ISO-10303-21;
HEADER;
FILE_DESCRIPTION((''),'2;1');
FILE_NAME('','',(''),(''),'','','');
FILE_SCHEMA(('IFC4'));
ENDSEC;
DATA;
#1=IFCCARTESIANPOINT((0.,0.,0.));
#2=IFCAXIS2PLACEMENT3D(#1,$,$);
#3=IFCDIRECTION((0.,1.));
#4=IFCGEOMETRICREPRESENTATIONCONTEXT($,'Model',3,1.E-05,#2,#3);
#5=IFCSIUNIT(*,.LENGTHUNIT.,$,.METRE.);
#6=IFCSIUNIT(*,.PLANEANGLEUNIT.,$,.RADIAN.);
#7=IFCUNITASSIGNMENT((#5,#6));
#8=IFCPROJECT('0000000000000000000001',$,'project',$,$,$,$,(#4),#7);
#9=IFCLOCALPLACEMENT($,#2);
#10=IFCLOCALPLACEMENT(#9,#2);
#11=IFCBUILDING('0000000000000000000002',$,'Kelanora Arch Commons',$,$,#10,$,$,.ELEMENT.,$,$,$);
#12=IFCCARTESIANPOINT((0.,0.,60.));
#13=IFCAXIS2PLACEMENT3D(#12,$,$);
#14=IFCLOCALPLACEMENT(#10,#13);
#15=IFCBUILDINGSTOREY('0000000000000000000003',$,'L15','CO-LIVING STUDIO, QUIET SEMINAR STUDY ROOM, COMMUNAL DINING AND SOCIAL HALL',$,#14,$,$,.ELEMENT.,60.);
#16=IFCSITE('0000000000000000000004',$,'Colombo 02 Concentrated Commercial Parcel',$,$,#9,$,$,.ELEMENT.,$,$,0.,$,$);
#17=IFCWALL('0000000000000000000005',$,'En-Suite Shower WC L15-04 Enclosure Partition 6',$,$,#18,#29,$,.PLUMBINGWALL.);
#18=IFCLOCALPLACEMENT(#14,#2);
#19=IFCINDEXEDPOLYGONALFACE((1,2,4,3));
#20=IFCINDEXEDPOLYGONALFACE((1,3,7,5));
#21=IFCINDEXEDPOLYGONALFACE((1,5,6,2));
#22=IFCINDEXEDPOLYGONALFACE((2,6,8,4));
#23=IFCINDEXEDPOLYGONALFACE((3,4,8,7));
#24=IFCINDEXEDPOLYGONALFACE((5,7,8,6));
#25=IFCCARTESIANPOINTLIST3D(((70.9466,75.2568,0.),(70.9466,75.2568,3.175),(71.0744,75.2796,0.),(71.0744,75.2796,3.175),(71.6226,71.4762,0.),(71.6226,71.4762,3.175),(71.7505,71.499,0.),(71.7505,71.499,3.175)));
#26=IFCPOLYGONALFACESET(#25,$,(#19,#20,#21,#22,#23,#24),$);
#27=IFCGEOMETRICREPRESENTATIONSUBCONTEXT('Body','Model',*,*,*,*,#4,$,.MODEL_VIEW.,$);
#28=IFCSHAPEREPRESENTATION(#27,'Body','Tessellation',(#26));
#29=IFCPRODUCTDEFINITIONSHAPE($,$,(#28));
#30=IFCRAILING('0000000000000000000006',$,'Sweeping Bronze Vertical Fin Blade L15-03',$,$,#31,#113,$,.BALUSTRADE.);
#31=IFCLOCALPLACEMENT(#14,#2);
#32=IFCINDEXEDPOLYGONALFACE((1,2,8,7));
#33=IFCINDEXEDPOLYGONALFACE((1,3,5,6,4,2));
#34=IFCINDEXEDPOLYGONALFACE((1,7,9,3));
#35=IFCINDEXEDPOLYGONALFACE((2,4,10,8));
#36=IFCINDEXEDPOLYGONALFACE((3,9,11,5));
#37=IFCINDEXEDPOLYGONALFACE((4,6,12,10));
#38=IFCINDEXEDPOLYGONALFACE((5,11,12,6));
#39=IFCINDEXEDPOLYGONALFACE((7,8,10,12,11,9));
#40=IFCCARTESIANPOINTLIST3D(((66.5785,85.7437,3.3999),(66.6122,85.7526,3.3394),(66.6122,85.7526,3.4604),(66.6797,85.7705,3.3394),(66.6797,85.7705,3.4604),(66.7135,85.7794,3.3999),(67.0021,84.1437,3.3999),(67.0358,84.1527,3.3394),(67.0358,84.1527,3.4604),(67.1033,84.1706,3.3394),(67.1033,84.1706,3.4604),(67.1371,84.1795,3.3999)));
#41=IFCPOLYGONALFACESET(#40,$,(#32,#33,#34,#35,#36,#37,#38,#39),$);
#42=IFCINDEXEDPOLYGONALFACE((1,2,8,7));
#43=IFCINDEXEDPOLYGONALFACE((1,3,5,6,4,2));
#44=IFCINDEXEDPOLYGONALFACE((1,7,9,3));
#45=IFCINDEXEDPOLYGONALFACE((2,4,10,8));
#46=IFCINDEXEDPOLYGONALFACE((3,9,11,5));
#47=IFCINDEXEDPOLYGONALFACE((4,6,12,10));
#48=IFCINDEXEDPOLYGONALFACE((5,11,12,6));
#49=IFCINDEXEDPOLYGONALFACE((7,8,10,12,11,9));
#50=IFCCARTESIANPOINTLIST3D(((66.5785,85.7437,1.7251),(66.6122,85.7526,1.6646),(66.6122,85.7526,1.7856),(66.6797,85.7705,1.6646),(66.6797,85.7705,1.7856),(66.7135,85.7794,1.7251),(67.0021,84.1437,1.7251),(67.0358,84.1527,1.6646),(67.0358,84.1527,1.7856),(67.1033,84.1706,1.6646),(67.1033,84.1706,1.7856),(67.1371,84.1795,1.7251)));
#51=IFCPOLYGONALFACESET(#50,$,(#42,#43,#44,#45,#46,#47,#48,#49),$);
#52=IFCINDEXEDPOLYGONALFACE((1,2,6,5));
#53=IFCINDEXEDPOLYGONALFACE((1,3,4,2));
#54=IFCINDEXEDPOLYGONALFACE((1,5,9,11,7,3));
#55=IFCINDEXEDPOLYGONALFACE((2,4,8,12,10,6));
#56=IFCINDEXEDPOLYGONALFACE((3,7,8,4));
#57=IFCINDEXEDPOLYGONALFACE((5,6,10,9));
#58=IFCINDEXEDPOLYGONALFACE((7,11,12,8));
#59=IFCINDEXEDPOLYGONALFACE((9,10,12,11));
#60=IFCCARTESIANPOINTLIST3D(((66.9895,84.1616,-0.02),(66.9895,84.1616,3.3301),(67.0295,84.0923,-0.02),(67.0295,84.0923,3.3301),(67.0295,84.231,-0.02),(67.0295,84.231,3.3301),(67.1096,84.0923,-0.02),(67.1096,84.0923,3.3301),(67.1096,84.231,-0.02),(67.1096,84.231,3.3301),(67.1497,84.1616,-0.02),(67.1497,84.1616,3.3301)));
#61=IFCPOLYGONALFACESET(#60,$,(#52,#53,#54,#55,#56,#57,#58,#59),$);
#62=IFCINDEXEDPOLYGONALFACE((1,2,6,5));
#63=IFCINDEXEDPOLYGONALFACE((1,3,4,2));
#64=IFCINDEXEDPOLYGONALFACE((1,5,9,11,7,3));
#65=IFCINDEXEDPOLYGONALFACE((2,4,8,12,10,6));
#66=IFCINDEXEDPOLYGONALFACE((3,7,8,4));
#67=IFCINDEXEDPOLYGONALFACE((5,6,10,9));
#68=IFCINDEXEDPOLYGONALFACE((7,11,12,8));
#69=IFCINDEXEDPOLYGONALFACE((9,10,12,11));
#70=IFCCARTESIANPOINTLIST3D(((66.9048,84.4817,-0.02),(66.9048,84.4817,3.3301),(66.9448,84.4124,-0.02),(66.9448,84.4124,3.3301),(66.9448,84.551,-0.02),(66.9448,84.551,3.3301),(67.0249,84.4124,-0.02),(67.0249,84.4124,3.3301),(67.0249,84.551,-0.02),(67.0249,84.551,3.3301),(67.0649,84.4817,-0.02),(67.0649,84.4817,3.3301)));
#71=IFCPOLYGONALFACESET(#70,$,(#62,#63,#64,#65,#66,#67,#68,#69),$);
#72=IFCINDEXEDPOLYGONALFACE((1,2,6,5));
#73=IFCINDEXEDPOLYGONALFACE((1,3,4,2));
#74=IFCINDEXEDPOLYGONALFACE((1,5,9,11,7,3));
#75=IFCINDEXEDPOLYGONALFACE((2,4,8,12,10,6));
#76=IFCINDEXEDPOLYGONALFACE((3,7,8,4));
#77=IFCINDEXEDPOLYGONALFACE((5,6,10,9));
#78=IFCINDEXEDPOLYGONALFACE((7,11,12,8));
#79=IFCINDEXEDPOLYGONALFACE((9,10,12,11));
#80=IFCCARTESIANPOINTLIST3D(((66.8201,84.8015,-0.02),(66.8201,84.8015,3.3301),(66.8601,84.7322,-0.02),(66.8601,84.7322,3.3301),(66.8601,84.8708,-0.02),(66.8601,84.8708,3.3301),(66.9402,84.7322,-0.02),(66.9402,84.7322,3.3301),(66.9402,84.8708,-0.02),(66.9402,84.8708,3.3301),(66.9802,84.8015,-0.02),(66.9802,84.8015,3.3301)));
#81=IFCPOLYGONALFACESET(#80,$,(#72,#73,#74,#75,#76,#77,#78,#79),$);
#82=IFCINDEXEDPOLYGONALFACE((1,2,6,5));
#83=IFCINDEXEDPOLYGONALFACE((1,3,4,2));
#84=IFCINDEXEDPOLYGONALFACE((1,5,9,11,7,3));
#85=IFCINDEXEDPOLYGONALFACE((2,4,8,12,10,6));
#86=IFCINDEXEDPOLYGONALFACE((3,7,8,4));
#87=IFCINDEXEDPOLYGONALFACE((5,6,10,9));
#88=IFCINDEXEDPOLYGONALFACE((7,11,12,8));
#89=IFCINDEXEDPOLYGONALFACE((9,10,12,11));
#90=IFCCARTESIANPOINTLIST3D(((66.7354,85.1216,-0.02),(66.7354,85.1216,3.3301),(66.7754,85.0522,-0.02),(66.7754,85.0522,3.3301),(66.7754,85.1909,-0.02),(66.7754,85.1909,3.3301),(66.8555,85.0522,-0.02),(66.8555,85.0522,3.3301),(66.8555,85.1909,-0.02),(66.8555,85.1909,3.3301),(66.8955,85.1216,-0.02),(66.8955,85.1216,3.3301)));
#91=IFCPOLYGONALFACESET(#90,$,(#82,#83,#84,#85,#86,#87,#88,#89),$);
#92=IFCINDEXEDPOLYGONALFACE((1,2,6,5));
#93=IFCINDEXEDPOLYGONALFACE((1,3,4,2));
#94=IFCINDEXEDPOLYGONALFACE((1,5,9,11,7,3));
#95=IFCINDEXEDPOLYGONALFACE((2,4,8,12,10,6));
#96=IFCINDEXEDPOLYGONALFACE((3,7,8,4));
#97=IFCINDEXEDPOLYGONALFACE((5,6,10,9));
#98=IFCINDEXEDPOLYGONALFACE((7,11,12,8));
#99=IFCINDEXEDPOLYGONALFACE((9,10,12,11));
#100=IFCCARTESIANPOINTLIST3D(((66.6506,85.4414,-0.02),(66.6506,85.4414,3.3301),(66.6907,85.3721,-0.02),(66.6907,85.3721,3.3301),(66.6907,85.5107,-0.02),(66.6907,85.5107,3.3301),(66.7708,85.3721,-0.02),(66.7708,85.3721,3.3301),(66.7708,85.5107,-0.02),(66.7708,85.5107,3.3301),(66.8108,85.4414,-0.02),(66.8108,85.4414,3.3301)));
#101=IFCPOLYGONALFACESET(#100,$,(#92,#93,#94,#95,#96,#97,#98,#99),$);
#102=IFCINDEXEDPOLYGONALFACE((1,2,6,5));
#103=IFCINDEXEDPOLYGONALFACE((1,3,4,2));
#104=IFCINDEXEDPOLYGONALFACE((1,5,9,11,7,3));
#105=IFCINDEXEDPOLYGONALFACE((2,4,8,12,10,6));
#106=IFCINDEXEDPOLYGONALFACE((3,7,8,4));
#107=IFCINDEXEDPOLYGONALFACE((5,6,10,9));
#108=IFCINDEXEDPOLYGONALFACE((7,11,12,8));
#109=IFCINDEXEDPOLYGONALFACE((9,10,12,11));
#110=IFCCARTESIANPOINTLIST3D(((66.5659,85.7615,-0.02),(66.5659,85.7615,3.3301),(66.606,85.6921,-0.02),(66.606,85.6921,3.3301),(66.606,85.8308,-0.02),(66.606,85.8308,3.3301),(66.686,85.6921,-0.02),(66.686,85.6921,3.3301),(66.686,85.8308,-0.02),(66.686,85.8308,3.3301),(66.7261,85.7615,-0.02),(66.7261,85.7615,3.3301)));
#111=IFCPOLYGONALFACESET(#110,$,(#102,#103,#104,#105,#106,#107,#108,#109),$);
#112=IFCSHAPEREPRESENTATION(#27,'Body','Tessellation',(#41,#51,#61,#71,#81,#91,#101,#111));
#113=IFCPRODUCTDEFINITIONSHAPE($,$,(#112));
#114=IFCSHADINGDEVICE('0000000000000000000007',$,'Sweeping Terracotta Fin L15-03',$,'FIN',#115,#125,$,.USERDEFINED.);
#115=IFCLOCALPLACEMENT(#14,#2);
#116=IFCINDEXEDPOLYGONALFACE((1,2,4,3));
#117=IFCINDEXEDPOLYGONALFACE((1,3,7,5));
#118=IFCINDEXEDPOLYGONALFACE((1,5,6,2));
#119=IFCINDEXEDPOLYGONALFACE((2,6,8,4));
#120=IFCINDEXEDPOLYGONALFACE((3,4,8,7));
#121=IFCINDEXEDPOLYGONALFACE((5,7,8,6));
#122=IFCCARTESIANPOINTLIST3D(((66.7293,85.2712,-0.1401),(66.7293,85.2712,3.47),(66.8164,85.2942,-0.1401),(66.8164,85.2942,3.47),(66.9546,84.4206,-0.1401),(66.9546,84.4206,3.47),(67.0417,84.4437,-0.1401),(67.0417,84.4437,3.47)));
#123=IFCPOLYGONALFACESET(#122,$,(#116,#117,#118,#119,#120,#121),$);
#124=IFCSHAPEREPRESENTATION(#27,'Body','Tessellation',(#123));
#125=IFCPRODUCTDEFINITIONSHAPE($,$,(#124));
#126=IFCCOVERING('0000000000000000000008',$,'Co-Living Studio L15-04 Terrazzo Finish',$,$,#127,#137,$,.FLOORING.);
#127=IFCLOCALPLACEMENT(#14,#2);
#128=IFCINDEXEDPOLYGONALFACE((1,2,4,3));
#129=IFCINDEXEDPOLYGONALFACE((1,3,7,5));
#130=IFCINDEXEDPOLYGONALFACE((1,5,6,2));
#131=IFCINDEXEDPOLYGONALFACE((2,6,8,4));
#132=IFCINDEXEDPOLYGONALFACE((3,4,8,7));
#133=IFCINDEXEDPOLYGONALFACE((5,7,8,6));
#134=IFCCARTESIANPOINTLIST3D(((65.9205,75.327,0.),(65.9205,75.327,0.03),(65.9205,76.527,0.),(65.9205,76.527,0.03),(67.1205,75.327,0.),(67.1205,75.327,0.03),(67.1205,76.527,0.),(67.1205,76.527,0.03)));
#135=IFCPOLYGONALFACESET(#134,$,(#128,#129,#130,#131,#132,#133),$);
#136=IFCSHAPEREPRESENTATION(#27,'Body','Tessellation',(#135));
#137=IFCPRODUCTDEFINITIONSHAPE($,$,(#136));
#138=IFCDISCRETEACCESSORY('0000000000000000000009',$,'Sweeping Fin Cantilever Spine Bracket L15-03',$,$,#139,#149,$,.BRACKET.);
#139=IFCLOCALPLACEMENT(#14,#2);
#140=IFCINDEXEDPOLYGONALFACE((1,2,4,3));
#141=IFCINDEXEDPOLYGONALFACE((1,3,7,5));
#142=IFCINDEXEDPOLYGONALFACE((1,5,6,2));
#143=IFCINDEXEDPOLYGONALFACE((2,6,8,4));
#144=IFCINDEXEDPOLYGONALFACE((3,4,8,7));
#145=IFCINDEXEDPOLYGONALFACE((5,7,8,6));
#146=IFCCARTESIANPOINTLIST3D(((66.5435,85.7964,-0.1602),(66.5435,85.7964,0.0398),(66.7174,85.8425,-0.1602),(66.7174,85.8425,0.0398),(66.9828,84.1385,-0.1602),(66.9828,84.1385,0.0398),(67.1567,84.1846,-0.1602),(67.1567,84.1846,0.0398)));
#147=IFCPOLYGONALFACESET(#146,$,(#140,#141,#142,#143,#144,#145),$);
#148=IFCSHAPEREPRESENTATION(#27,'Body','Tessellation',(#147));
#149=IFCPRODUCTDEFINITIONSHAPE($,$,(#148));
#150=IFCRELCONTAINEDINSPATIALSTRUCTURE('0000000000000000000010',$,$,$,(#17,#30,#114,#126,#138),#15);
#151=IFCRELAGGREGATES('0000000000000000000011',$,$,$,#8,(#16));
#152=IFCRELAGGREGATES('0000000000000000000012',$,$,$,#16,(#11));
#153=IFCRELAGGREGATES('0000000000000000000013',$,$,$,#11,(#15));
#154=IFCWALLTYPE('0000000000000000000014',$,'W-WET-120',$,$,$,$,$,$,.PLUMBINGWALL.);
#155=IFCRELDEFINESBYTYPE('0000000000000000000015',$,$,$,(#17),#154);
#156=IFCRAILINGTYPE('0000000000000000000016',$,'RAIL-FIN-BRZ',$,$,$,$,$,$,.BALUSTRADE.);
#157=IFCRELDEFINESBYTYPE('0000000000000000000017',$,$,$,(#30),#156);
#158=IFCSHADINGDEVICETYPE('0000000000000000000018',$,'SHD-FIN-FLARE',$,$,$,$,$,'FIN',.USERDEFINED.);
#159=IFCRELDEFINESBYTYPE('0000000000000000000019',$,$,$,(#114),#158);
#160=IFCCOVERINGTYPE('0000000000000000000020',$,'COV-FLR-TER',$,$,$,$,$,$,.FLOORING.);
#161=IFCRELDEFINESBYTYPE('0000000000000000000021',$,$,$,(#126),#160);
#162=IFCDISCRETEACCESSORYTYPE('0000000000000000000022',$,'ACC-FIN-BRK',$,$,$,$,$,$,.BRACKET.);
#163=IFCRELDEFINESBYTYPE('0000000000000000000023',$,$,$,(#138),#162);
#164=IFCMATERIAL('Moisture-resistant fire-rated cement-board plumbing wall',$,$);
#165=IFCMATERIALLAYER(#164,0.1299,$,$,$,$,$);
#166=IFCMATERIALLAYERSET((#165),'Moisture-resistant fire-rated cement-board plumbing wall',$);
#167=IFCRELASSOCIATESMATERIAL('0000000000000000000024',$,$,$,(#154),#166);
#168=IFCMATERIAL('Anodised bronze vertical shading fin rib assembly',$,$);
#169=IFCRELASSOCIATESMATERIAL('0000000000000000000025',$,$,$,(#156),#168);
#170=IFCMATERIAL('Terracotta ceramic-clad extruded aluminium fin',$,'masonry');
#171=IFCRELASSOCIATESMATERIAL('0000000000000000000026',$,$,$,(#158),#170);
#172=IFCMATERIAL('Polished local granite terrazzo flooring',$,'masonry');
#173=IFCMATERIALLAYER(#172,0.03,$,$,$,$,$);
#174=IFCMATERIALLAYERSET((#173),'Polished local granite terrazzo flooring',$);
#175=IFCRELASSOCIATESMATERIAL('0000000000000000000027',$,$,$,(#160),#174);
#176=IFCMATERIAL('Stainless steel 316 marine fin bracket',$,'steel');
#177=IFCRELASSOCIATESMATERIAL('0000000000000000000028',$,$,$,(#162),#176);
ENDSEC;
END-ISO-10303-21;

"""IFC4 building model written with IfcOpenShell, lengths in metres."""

from ifc_helpers import new_model, si_unit, direction, frame, frame_2d, origin, origin_2d, place, context, subcontext, project, spatial, polyline, rectangle, outline, extrude, source, transform, mapped, material, layer, layer_set, type_object, element, save


model = new_model("IFC4")

# Units and contexts
model_context = context("Model", 3, precision=1e-05, world=origin(), true_north=direction((0.0, 1.0)))
body_context = subcontext(model_context, "Body", "Model", "MODEL_VIEW")
ifc_project = project(units=[si_unit("LENGTHUNIT", "METRE"), si_unit("PLANEANGLEUNIT", "RADIAN")], contexts=[model_context])

# Site, building, storey
site_placement = place(None, origin())
site = spatial("IfcSite", under=ifc_project, at=site_placement, Name="Colombo 02 Concentrated Commercial Parcel", CompositionType="ELEMENT", RefElevation=0.0)
building_placement = place(site_placement, origin())
building = spatial("IfcBuilding", under=site, at=building_placement, Name="Kelanora Arch Commons", CompositionType="ELEMENT")
storey_placement = place(building_placement, frame((0.0, 0.0, 60.0)))
storey = spatial("IfcBuildingStorey", under=building, at=storey_placement, Name="L15", Description="CO-LIVING STUDIO, QUIET SEMINAR STUDY ROOM, COMMUNAL DINING AND SOCIAL HALL", CompositionType="ELEMENT", Elevation=60.0)

# Shared definitions
ifc_material_1 = material(Name="Moisture-resistant fire-rated cement-board plumbing wall")
ifc_layer_1 = layer(ifc_material_1, 0.1299)
ifc_layer_set_1 = layer_set([ifc_layer_1], Name="Moisture-resistant fire-rated cement-board plumbing wall")
wall_type_1 = type_object("IfcWallType", Name="W-WET-120", PredefinedType="PLUMBINGWALL", material=ifc_layer_set_1)

# Wall
wall_1_placement = place(storey_placement, frame((71.0105, 75.2683, 0.0), z_axis=(0.0, 0.0, 1.0), x_axis=(0.176026, -0.984386, 0.0)))
element("IfcWall", 1, at=wall_1_placement, inside=storey, type_object=wall_type_1, Name="En-Suite Shower WC L15-04 Enclosure Partition 6", PredefinedType="PLUMBINGWALL", context=body_context, shape_type="SweptSolid", body=[
    extrude(rectangle(XDim=3.8406, YDim=0.1299, at=frame_2d((1.9204, 0.0))), origin(), (0.0, 0.0, 1.0), 3.175),
])

# Railing
ifc_material_2 = material(Name="Anodised bronze vertical shading fin rib assembly")
railing_type = type_object("IfcRailingType", Name="RAIL-FIN-BRZ", PredefinedType="BALUSTRADE", material=ifc_material_2)
railing_placement = place(storey_placement, frame((67.0696, 84.1616, -0.02)))
element("IfcRailing", 2, at=railing_placement, inside=storey, type_object=railing_type, Name="Sweeping Bronze Vertical Fin Blade L15-03", PredefinedType="BALUSTRADE", context=body_context, shape_type="SweptSolid", body=[
    extrude(outline(polyline([(0.0698, 0.0), (0.0349, 0.0605), (-0.0349, 0.0605), (-0.0698, 0.0), (-0.0349, -0.0605), (0.0349, -0.0605), (0.0698, 0.0)])), frame((0.0, 0.0, 3.4199), z_axis=(-0.255945, 0.966691, 0.0), x_axis=(-0.966691, -0.255945, 0.0)), (0.0, 0.0, 1.0), 1.655),
    extrude(outline(polyline([(0.0698, 0.0), (0.0349, 0.0605), (-0.0349, 0.0605), (-0.0698, 0.0), (-0.0349, -0.0605), (0.0349, -0.0605), (0.0698, 0.0)])), frame((0.0, 0.0, 1.7451), z_axis=(-0.255945, 0.966691, 0.0), x_axis=(-0.966691, -0.255945, 0.0)), (0.0, 0.0, 1.0), 1.655),
    extrude(outline(polyline([(0.0801, 0.0), (0.04, 0.0693), (-0.04, 0.0693), (-0.0801, 0.0), (-0.04, -0.0693), (0.04, -0.0693), (0.0801, 0.0)])), origin(), (0.0, 0.0, 1.0), 3.3501),
    extrude(outline(polyline([(0.0801, 0.0), (0.04, 0.0693), (-0.04, 0.0693), (-0.0801, 0.0), (-0.04, -0.0693), (0.04, -0.0693), (0.0801, 0.0)])), frame((-0.0847, 0.3201, 0.0)), (0.0, 0.0, 1.0), 3.3501),
    extrude(outline(polyline([(0.0801, 0.0), (0.04, 0.0693), (-0.04, 0.0693), (-0.0801, 0.0), (-0.04, -0.0693), (0.04, -0.0693), (0.0801, 0.0)])), frame((-0.1694, 0.6399, 0.0)), (0.0, 0.0, 1.0), 3.3501),
    extrude(outline(polyline([(0.0801, 0.0), (0.04, 0.0693), (-0.04, 0.0693), (-0.0801, 0.0), (-0.04, -0.0693), (0.04, -0.0693), (0.0801, 0.0)])), frame((-0.2542, 0.96, 0.0)), (0.0, 0.0, 1.0), 3.3501),
    extrude(outline(polyline([(0.0801, 0.0), (0.04, 0.0693), (-0.04, 0.0693), (-0.0801, 0.0), (-0.04, -0.0693), (0.04, -0.0693), (0.0801, 0.0)])), frame((-0.3389, 1.2798, 0.0)), (0.0, 0.0, 1.0), 3.3501),
    extrude(outline(polyline([(0.0801, 0.0), (0.04, 0.0693), (-0.04, 0.0693), (-0.0801, 0.0), (-0.04, -0.0693), (0.04, -0.0693), (0.0801, 0.0)])), frame((-0.4236, 1.5999, 0.0)), (0.0, 0.0, 1.0), 3.3501),
])

# Shading device
ifc_material_3 = material(Name="Terracotta ceramic-clad extruded aluminium fin", Category="masonry")
shading_device_type = type_object("IfcShadingDeviceType", Name="SHD-FIN-FLARE", ElementType="FIN", PredefinedType="USERDEFINED", material=ifc_material_3)
shared_shape_1 = source(origin(), body_context, "Body", "SweptSolid", [
    extrude(rectangle(XDim=0.8799, YDim=0.0901, at=origin_2d()), origin(), (0.0, 0.0, 1.0), 3.6101),
])
shading_device_placement = place(storey_placement, frame((66.8855, 84.8574, -0.1401), z_axis=(0.0, 0.0, 1.0), x_axis=(-0.256121, 0.966645, 0.0)))
element("IfcShadingDevice", 3, at=shading_device_placement, inside=storey, type_object=shading_device_type, Name="Sweeping Terracotta Fin L15-03", ObjectType="FIN", PredefinedType="USERDEFINED", context=body_context, shape_type="MappedRepresentation", body=[
    mapped(shared_shape_1, transform((0.0, 0.0, 0.0), scale=1.0)),
])

# Covering
ifc_material_4 = material(Name="Polished local granite terrazzo flooring", Category="masonry")
ifc_layer_2 = layer(ifc_material_4, 0.03)
ifc_layer_set_2 = layer_set([ifc_layer_2], Name="Polished local granite terrazzo flooring")
covering_type = type_object("IfcCoveringType", Name="COV-FLR-TER", PredefinedType="FLOORING", material=ifc_layer_set_2)
shared_shape_2 = source(origin(), body_context, "Body", "SweptSolid", [
    extrude(rectangle(XDim=1.2, YDim=1.2, at=origin_2d()), origin(), (0.0, 0.0, 1.0), 0.03),
])
covering_placement = place(storey_placement, frame((66.5205, 75.927, 0.0), z_axis=(0.0, 0.0, 1.0), x_axis=(1.0, 0.0, 0.0)))
element("IfcCovering", 4, at=covering_placement, inside=storey, type_object=covering_type, Name="Co-Living Studio L15-04 Terrazzo Finish", PredefinedType="FLOORING", context=body_context, shape_type="MappedRepresentation", body=[
    mapped(shared_shape_2, transform((0.0, 0.0, 0.0), scale=1.0)),
])

# Discrete accessory
ifc_material_5 = material(Name="Stainless steel 316 marine fin bracket", Category="steel")
discrete_accessory_type = type_object("IfcDiscreteAccessoryType", Name="ACC-FIN-BRK", PredefinedType="BRACKET", material=ifc_material_5)
shared_shape_3 = source(origin(), body_context, "Body", "SweptSolid", [
    extrude(rectangle(XDim=1.7151, YDim=0.1799, at=origin_2d()), origin(), (0.0, 0.0, 1.0), 0.2),
])
discrete_accessory_placement = place(storey_placement, frame((66.8501, 84.9905, -0.1602), z_axis=(0.0, 0.0, 1.0), x_axis=(-0.256121, 0.966645, 0.0)))
element("IfcDiscreteAccessory", 5, at=discrete_accessory_placement, inside=storey, type_object=discrete_accessory_type, Name="Sweeping Fin Cantilever Spine Bracket L15-03", PredefinedType="BRACKET", context=body_context, shape_type="MappedRepresentation", body=[
    mapped(shared_shape_3, transform((0.0, 0.0, 0.0), scale=1.0)),
])

save(model, "model.ifc")
